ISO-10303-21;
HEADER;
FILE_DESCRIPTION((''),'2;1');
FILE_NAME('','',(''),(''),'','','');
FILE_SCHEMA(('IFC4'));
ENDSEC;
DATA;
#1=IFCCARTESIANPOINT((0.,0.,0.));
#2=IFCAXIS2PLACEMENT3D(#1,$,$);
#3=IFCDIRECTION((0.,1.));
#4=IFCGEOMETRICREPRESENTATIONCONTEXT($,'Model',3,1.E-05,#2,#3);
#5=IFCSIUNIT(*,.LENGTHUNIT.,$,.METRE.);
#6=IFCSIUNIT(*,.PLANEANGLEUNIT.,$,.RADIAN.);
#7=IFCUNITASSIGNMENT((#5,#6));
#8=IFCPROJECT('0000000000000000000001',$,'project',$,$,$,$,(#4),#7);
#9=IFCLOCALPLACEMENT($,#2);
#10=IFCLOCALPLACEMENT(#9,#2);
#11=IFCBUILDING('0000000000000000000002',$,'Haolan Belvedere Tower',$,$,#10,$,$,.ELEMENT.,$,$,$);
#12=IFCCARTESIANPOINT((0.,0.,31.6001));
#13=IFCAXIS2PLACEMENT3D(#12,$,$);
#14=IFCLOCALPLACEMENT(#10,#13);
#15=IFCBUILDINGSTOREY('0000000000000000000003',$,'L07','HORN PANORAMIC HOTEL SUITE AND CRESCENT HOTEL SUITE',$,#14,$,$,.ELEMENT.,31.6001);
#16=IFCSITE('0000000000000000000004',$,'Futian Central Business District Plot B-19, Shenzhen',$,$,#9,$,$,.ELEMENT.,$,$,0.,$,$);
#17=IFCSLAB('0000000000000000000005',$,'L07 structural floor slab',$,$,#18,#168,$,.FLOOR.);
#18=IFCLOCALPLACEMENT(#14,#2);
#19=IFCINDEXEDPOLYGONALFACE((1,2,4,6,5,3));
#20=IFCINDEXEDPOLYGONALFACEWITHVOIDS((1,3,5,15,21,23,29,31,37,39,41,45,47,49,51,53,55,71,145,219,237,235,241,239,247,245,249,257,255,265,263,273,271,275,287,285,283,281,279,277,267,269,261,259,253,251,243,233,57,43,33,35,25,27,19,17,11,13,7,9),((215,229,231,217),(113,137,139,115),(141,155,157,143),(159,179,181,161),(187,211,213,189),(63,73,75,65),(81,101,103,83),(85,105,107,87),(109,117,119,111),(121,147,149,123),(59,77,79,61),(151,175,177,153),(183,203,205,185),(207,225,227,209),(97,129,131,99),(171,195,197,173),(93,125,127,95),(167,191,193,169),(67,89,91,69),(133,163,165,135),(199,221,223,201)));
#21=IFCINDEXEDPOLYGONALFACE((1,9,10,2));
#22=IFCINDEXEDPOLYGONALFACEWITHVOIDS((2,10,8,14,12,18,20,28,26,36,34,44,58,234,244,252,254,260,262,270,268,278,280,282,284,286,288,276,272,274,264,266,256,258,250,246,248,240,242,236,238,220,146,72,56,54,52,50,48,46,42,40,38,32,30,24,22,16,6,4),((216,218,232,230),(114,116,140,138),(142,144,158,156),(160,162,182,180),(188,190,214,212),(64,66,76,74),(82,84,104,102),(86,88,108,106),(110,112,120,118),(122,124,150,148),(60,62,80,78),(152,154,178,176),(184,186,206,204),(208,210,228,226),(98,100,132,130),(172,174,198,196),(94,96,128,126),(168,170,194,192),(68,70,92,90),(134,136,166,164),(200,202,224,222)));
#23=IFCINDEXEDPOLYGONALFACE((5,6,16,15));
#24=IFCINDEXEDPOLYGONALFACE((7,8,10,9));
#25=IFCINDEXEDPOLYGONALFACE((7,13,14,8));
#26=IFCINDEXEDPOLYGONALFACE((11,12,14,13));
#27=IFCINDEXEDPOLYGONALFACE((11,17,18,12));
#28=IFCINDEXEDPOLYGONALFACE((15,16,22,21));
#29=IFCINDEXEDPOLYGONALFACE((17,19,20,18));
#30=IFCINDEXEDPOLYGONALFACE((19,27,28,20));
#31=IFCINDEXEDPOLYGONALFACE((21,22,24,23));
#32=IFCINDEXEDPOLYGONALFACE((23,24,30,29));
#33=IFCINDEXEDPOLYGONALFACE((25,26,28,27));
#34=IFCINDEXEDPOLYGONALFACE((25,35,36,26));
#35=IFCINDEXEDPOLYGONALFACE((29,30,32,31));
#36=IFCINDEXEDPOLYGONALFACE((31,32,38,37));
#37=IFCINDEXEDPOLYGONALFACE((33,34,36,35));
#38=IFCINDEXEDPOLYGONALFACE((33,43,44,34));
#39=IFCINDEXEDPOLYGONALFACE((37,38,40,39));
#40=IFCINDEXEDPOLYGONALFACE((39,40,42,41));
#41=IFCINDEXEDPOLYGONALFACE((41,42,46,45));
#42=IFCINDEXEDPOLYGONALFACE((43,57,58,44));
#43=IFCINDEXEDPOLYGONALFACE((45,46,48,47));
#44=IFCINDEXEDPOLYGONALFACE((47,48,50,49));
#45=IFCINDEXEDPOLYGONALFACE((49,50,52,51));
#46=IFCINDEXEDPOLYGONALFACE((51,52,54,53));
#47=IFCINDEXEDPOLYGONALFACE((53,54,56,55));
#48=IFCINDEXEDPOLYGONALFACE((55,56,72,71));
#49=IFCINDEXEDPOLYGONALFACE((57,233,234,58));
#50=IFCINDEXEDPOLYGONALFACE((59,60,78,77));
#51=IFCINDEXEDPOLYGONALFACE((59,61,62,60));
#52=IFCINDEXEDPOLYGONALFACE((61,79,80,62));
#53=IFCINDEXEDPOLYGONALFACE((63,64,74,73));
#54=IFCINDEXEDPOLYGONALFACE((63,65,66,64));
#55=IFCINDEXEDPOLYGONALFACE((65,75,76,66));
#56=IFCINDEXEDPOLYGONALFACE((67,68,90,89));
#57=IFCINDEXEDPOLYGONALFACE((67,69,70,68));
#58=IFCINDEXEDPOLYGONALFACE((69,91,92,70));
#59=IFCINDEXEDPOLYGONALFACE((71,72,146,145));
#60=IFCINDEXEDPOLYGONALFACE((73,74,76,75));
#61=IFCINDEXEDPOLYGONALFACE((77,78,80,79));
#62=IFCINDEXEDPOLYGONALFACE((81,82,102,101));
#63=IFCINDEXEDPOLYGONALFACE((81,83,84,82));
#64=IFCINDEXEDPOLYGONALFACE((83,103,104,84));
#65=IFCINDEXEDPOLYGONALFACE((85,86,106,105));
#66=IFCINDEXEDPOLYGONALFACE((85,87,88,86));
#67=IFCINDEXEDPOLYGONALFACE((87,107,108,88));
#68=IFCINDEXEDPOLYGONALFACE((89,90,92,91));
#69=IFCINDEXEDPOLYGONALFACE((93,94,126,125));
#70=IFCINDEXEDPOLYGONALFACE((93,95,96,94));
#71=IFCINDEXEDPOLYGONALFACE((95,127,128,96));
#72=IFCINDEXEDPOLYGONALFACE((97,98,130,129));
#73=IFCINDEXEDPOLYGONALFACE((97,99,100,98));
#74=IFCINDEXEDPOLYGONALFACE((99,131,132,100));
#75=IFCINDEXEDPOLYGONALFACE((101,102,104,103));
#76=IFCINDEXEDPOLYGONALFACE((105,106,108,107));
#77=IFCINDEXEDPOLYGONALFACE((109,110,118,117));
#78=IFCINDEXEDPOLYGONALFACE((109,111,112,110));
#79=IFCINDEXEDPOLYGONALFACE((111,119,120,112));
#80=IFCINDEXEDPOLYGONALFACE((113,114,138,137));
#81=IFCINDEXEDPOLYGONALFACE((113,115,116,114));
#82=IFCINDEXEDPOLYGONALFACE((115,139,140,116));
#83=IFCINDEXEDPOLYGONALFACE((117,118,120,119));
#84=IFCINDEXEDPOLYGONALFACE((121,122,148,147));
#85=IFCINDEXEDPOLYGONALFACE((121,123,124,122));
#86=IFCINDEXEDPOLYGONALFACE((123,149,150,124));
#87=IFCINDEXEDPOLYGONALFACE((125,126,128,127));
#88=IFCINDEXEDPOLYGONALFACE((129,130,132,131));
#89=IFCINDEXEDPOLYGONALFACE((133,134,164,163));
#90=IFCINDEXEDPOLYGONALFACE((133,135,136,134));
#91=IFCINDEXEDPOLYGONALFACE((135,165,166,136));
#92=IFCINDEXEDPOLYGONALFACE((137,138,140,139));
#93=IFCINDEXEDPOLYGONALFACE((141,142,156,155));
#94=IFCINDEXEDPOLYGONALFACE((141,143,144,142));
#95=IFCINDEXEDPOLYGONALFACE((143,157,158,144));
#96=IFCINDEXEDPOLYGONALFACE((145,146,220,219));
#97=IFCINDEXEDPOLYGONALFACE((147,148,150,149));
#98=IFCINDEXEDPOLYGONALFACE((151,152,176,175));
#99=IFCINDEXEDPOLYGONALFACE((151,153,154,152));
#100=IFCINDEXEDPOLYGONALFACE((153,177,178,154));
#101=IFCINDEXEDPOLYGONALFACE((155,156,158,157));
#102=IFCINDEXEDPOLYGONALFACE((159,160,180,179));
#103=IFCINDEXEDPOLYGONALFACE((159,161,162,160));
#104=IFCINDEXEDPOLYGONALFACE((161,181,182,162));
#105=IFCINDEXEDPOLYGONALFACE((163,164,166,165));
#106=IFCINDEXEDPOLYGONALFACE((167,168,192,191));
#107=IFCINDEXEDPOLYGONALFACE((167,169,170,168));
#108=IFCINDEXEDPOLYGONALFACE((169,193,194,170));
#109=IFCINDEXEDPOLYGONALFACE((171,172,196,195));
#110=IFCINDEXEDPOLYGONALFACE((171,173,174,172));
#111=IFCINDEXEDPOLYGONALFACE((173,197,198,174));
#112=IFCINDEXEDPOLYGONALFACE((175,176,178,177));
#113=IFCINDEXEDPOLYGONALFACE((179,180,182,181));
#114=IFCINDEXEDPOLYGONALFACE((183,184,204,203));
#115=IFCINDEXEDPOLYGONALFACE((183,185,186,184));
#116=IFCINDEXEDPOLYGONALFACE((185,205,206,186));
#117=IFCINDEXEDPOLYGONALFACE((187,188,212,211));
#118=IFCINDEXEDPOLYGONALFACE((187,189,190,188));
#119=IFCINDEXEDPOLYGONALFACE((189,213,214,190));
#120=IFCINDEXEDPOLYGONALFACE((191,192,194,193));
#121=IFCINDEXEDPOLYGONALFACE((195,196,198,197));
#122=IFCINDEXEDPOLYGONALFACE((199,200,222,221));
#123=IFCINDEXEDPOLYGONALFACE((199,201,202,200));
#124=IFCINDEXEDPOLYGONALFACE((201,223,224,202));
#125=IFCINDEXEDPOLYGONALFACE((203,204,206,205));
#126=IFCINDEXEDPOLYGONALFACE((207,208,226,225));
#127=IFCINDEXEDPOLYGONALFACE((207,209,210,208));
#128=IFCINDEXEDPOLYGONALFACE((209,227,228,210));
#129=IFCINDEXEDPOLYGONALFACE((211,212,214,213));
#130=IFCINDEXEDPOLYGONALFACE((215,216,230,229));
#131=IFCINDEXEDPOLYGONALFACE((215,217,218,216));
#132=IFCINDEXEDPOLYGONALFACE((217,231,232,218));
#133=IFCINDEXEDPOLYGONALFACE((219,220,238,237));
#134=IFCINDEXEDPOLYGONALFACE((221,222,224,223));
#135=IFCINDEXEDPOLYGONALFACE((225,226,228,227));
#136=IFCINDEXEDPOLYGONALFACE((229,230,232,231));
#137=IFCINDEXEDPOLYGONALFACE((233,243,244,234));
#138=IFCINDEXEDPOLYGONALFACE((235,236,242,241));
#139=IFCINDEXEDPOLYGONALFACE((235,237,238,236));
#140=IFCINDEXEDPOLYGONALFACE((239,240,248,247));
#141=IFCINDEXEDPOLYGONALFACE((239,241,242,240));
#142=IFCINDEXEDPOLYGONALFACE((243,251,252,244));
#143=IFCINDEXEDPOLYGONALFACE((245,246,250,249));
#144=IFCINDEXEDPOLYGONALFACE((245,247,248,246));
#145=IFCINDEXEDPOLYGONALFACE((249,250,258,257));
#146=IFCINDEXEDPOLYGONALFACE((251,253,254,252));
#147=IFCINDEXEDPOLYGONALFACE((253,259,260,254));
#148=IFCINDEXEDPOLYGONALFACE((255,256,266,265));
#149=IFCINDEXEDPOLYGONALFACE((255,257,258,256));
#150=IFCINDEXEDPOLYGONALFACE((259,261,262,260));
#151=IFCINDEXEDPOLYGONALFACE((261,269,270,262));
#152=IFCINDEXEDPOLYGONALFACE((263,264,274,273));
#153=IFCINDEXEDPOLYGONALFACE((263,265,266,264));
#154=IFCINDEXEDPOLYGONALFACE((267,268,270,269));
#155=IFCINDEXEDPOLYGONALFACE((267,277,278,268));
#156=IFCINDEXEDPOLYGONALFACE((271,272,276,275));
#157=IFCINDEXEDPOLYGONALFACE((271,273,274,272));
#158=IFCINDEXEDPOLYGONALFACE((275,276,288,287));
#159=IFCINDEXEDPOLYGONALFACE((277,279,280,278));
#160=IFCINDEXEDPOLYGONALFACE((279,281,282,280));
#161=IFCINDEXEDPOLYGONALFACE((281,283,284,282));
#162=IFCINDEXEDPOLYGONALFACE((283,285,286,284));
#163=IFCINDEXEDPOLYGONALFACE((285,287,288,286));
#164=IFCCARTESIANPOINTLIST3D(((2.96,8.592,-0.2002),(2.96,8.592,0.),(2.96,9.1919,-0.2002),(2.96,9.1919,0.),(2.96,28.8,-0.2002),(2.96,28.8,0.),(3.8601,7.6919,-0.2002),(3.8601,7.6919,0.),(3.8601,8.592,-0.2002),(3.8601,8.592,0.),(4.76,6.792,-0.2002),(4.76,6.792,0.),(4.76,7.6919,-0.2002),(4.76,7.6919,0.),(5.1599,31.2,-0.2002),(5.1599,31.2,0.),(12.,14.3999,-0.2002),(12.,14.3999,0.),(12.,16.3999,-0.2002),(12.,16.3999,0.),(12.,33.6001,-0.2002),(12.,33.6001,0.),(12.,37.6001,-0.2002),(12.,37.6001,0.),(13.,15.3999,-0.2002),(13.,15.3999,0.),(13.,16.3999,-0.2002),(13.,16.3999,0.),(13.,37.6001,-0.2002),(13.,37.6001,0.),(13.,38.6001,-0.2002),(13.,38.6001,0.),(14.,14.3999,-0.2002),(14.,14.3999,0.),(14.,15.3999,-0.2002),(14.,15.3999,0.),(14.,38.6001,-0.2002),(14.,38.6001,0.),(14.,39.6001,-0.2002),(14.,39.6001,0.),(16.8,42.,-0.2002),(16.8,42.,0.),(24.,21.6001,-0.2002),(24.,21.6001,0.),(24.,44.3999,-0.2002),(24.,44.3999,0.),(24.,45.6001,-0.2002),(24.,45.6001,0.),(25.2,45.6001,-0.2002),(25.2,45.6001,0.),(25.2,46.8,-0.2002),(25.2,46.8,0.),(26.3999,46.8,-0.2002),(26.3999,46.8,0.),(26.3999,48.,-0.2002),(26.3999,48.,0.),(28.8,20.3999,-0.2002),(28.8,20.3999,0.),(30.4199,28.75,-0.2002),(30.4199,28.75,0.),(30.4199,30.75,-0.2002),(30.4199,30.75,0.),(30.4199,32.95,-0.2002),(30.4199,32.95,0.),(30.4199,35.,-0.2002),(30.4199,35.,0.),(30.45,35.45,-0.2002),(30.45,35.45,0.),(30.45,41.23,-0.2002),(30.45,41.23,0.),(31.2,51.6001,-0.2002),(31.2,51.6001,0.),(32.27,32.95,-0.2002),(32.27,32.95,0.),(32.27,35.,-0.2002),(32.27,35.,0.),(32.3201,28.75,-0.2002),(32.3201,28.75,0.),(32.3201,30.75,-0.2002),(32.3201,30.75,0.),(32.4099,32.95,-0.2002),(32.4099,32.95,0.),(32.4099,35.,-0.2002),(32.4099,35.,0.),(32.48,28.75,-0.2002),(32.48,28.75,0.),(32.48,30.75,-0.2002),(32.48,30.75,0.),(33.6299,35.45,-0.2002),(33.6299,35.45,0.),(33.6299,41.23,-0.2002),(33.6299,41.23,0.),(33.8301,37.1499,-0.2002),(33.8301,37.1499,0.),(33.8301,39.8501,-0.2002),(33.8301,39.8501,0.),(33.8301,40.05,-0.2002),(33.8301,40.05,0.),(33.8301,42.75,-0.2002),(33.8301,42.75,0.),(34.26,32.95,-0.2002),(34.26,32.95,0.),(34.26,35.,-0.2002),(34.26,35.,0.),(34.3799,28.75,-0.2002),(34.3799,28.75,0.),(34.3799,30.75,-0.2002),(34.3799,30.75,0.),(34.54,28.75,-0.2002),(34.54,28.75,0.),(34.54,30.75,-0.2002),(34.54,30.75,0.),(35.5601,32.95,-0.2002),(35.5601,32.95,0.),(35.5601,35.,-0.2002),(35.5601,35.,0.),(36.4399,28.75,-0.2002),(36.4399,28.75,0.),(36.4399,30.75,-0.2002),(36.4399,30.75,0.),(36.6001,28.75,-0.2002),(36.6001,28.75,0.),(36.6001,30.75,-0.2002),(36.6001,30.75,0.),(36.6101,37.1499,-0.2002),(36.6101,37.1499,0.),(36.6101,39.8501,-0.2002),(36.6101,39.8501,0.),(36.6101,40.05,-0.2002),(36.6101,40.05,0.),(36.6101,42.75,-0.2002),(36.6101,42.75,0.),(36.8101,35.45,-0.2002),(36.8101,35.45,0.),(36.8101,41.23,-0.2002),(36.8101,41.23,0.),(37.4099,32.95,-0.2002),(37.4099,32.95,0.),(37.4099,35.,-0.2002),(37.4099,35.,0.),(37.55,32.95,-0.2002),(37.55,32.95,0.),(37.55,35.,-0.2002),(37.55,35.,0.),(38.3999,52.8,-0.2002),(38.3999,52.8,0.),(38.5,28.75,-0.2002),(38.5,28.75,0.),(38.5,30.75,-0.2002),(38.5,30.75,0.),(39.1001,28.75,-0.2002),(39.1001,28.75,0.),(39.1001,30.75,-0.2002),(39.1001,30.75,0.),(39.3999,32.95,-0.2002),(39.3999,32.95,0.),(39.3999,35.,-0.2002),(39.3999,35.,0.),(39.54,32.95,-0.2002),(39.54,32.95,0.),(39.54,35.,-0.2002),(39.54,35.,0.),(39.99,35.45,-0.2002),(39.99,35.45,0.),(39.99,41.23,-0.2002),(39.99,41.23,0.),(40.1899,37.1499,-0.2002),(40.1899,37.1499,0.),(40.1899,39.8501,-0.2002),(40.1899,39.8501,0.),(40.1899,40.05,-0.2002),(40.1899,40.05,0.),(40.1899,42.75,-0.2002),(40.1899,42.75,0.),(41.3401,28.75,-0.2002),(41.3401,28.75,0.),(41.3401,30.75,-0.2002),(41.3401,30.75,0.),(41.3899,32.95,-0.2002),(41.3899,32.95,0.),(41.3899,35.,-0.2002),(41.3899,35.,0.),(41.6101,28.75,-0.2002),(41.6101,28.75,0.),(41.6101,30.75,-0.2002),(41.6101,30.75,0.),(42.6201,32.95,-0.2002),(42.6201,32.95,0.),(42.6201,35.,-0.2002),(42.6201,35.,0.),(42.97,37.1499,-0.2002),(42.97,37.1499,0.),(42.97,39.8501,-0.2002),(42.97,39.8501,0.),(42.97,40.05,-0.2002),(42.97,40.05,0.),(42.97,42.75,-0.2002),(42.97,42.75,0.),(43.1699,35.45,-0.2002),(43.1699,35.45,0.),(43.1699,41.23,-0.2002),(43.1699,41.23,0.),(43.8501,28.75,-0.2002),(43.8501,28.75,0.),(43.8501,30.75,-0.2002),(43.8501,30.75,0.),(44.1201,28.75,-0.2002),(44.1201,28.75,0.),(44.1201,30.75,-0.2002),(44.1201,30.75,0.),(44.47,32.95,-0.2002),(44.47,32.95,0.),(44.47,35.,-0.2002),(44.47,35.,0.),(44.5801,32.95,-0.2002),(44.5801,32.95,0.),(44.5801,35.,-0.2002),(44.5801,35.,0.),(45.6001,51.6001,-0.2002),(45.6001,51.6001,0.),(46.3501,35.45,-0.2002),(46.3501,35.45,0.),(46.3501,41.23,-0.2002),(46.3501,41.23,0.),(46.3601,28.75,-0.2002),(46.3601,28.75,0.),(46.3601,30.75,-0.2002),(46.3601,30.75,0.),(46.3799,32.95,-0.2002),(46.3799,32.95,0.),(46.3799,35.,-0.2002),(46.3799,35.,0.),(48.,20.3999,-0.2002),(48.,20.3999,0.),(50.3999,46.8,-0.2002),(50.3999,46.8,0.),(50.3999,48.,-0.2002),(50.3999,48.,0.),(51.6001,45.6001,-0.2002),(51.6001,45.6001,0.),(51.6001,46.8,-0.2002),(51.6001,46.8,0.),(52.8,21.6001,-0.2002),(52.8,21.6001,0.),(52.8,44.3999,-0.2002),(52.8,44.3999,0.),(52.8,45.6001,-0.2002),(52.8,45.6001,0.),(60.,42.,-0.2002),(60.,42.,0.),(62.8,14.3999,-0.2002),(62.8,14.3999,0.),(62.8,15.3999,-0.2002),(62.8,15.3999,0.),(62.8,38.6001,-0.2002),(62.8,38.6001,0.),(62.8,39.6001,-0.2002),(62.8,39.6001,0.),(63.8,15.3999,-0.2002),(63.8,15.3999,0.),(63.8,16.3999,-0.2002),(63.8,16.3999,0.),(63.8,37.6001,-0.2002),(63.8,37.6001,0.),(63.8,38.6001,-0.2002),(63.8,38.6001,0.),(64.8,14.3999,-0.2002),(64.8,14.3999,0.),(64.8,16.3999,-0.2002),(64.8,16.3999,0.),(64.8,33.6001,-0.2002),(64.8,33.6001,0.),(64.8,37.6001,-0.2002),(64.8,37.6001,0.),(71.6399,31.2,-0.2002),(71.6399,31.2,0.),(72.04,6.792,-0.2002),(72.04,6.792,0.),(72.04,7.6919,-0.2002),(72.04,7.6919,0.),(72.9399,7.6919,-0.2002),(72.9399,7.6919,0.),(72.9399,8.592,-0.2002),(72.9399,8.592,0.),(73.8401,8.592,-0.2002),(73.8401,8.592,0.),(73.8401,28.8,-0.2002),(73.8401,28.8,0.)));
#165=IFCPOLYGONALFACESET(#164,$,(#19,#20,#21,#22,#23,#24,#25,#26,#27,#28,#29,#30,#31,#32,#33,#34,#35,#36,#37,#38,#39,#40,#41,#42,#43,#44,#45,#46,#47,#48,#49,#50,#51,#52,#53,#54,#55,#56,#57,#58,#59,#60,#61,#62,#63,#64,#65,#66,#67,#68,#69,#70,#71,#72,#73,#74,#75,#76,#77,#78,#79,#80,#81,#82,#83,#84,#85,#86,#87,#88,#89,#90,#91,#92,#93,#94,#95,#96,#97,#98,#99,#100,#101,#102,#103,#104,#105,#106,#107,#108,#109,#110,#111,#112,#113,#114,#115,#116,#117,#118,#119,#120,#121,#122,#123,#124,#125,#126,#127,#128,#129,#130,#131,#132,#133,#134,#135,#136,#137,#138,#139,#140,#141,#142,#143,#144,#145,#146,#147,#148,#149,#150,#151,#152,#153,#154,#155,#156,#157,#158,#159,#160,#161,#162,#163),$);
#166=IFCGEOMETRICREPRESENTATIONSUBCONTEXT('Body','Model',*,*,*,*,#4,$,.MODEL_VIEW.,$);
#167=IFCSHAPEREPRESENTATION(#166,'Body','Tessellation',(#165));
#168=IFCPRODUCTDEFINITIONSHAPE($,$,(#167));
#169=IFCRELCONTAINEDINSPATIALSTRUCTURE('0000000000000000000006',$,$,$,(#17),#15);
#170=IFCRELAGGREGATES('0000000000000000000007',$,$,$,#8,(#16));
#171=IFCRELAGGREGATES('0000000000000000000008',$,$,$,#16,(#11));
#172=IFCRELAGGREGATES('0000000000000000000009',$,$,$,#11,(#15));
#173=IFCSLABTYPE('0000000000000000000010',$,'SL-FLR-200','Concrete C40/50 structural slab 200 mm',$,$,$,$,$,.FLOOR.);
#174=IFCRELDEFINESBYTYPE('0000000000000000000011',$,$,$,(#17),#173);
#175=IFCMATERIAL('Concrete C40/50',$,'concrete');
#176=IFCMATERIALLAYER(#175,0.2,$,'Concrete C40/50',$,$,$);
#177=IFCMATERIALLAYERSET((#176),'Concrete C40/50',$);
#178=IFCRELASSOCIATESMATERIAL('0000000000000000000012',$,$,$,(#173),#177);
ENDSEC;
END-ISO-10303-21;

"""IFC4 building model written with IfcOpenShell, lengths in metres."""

from ifc_helpers import new_model, si_unit, direction, frame, origin, place, context, subcontext, project, spatial, polyline, outline, extrude, material, layer, layer_set, type_object, element, save


model = new_model("IFC4")

# Units and contexts
model_context = context("Model", 3, precision=1e-05, world=origin(), true_north=direction((0.0, 1.0)))
body_context = subcontext(model_context, "Body", "Model", "MODEL_VIEW")
ifc_project = project(units=[si_unit("LENGTHUNIT", "METRE"), si_unit("PLANEANGLEUNIT", "RADIAN")], contexts=[model_context])

# Site, building, storey
site_placement = place(None, origin())
site = spatial("IfcSite", under=ifc_project, at=site_placement, Name="Futian Central Business District Plot B-19, Shenzhen", CompositionType="ELEMENT", RefElevation=0.0)
building_placement = place(site_placement, origin())
building = spatial("IfcBuilding", under=site, at=building_placement, Name="Haolan Belvedere Tower", CompositionType="ELEMENT")
storey_placement = place(building_placement, frame((0.0, 0.0, 31.6001)))
storey = spatial("IfcBuildingStorey", under=building, at=storey_placement, Name="L07", Description="HORN PANORAMIC HOTEL SUITE AND CRESCENT HOTEL SUITE", CompositionType="ELEMENT", Elevation=31.6001)

# Slab
ifc_material_1 = material(Name="Concrete C40/50", Category="concrete")
ifc_layer_1 = layer(ifc_material_1, 0.2, Name="Concrete C40/50")
ifc_layer_set_1 = layer_set([ifc_layer_1], Name="Concrete C40/50")
slab_type_1 = type_object("IfcSlabType", Name="SL-FLR-200", Description="Concrete C40/50 structural slab 200 mm", PredefinedType="FLOOR", material=ifc_layer_set_1)
slab_1_placement = place(storey_placement, frame((0.0, 0.0, -0.2002)))
element("IfcSlab", 1, at=slab_1_placement, inside=storey, type_object=slab_type_1, Name="L07 structural floor slab", PredefinedType="FLOOR", context=body_context, shape_type="SweptSolid", body=[
    extrude(outline(polyline([(2.96, 28.8), (2.96, 9.1919), (2.96, 8.592), (3.8601, 8.592), (3.8601, 7.6919), (4.76, 7.6919), (4.76, 6.792), (12.0, 14.3999), (12.0, 16.3999), (13.0, 16.3999), (13.0, 15.3999), (14.0, 15.3999), (14.0, 14.3999), (24.0, 21.6001), (28.8, 20.3999), (48.0, 20.3999), (52.8, 21.6001), (62.8, 14.3999), (62.8, 15.3999), (63.8, 15.3999), (63.8, 16.3999), (64.8, 16.3999), (64.8, 14.3999), (72.04, 6.792), (72.04, 7.6919), (72.9399, 7.6919), (72.9399, 8.592), (73.8401, 8.592), (73.8401, 28.8), (71.6399, 31.2), (64.8, 33.6001), (64.8, 37.6001), (63.8, 37.6001), (63.8, 38.6001), (62.8, 38.6001), (62.8, 39.6001), (60.0, 42.0), (52.8, 44.3999), (52.8, 45.6001), (51.6001, 45.6001), (51.6001, 46.8), (50.3999, 46.8), (50.3999, 48.0), (45.6001, 51.6001), (38.3999, 52.8), (31.2, 51.6001), (26.3999, 48.0), (26.3999, 46.8), (25.2, 46.8), (25.2, 45.6001), (24.0, 45.6001), (24.0, 44.3999), (16.8, 42.0), (14.0, 39.6001), (14.0, 38.6001), (13.0, 38.6001), (13.0, 37.6001), (12.0, 37.6001), (12.0, 33.6001), (5.1599, 31.2), (2.96, 28.8)]), holes=[polyline([(30.45, 41.23), (30.45, 35.45), (33.6299, 35.45), (33.6299, 41.23), (30.45, 41.23)]), polyline([(36.8101, 41.23), (36.8101, 35.45), (39.99, 35.45), (39.99, 41.23), (36.8101, 41.23)]), polyline([(43.1699, 41.23), (43.1699, 35.45), (46.3501, 35.45), (46.3501, 41.23), (43.1699, 41.23)]), polyline([(33.8301, 40.05), (36.6101, 40.05), (36.6101, 42.75), (33.8301, 42.75), (33.8301, 40.05)]), polyline([(33.8301, 37.1499), (36.6101, 37.1499), (36.6101, 39.8501), (33.8301, 39.8501), (33.8301, 37.1499)]), polyline([(40.1899, 40.05), (42.97, 40.05), (42.97, 42.75), (40.1899, 42.75), (40.1899, 40.05)]), polyline([(40.1899, 37.1499), (42.97, 37.1499), (42.97, 39.8501), (40.1899, 39.8501), (40.1899, 37.1499)]), polyline([(30.4199, 32.95), (32.27, 32.95), (32.27, 35.0), (30.4199, 35.0), (30.4199, 32.95)]), polyline([(32.4099, 32.95), (34.26, 32.95), (34.26, 35.0), (32.4099, 35.0), (32.4099, 32.95)]), polyline([(35.5601, 32.95), (37.4099, 32.95), (37.4099, 35.0), (35.5601, 35.0), (35.5601, 32.95)]), polyline([(37.55, 32.95), (39.3999, 32.95), (39.3999, 35.0), (37.55, 35.0), (37.55, 32.95)]), polyline([(39.54, 32.95), (41.3899, 32.95), (41.3899, 35.0), (39.54, 35.0), (39.54, 32.95)]), polyline([(42.6201, 32.95), (44.47, 32.95), (44.47, 35.0), (42.6201, 35.0), (42.6201, 32.95)]), polyline([(44.5801, 32.95), (46.3799, 32.95), (46.3799, 35.0), (44.5801, 35.0), (44.5801, 32.95)]), polyline([(30.4199, 28.75), (32.3201, 28.75), (32.3201, 30.75), (30.4199, 30.75), (30.4199, 28.75)]), polyline([(32.48, 28.75), (34.3799, 28.75), (34.3799, 30.75), (32.48, 30.75), (32.48, 28.75)]), polyline([(34.54, 28.75), (36.4399, 28.75), (36.4399, 30.75), (34.54, 30.75), (34.54, 28.75)]), polyline([(36.6001, 28.75), (38.5, 28.75), (38.5, 30.75), (36.6001, 30.75), (36.6001, 28.75)]), polyline([(39.1001, 28.75), (41.3401, 28.75), (41.3401, 30.75), (39.1001, 30.75), (39.1001, 28.75)]), polyline([(41.6101, 28.75), (43.8501, 28.75), (43.8501, 30.75), (41.6101, 30.75), (41.6101, 28.75)]), polyline([(44.1201, 28.75), (46.3601, 28.75), (46.3601, 30.75), (44.1201, 30.75), (44.1201, 28.75)])]), origin(), (0.0, 0.0, 1.0), 0.2002),
])

save(model, "model.ifc")
